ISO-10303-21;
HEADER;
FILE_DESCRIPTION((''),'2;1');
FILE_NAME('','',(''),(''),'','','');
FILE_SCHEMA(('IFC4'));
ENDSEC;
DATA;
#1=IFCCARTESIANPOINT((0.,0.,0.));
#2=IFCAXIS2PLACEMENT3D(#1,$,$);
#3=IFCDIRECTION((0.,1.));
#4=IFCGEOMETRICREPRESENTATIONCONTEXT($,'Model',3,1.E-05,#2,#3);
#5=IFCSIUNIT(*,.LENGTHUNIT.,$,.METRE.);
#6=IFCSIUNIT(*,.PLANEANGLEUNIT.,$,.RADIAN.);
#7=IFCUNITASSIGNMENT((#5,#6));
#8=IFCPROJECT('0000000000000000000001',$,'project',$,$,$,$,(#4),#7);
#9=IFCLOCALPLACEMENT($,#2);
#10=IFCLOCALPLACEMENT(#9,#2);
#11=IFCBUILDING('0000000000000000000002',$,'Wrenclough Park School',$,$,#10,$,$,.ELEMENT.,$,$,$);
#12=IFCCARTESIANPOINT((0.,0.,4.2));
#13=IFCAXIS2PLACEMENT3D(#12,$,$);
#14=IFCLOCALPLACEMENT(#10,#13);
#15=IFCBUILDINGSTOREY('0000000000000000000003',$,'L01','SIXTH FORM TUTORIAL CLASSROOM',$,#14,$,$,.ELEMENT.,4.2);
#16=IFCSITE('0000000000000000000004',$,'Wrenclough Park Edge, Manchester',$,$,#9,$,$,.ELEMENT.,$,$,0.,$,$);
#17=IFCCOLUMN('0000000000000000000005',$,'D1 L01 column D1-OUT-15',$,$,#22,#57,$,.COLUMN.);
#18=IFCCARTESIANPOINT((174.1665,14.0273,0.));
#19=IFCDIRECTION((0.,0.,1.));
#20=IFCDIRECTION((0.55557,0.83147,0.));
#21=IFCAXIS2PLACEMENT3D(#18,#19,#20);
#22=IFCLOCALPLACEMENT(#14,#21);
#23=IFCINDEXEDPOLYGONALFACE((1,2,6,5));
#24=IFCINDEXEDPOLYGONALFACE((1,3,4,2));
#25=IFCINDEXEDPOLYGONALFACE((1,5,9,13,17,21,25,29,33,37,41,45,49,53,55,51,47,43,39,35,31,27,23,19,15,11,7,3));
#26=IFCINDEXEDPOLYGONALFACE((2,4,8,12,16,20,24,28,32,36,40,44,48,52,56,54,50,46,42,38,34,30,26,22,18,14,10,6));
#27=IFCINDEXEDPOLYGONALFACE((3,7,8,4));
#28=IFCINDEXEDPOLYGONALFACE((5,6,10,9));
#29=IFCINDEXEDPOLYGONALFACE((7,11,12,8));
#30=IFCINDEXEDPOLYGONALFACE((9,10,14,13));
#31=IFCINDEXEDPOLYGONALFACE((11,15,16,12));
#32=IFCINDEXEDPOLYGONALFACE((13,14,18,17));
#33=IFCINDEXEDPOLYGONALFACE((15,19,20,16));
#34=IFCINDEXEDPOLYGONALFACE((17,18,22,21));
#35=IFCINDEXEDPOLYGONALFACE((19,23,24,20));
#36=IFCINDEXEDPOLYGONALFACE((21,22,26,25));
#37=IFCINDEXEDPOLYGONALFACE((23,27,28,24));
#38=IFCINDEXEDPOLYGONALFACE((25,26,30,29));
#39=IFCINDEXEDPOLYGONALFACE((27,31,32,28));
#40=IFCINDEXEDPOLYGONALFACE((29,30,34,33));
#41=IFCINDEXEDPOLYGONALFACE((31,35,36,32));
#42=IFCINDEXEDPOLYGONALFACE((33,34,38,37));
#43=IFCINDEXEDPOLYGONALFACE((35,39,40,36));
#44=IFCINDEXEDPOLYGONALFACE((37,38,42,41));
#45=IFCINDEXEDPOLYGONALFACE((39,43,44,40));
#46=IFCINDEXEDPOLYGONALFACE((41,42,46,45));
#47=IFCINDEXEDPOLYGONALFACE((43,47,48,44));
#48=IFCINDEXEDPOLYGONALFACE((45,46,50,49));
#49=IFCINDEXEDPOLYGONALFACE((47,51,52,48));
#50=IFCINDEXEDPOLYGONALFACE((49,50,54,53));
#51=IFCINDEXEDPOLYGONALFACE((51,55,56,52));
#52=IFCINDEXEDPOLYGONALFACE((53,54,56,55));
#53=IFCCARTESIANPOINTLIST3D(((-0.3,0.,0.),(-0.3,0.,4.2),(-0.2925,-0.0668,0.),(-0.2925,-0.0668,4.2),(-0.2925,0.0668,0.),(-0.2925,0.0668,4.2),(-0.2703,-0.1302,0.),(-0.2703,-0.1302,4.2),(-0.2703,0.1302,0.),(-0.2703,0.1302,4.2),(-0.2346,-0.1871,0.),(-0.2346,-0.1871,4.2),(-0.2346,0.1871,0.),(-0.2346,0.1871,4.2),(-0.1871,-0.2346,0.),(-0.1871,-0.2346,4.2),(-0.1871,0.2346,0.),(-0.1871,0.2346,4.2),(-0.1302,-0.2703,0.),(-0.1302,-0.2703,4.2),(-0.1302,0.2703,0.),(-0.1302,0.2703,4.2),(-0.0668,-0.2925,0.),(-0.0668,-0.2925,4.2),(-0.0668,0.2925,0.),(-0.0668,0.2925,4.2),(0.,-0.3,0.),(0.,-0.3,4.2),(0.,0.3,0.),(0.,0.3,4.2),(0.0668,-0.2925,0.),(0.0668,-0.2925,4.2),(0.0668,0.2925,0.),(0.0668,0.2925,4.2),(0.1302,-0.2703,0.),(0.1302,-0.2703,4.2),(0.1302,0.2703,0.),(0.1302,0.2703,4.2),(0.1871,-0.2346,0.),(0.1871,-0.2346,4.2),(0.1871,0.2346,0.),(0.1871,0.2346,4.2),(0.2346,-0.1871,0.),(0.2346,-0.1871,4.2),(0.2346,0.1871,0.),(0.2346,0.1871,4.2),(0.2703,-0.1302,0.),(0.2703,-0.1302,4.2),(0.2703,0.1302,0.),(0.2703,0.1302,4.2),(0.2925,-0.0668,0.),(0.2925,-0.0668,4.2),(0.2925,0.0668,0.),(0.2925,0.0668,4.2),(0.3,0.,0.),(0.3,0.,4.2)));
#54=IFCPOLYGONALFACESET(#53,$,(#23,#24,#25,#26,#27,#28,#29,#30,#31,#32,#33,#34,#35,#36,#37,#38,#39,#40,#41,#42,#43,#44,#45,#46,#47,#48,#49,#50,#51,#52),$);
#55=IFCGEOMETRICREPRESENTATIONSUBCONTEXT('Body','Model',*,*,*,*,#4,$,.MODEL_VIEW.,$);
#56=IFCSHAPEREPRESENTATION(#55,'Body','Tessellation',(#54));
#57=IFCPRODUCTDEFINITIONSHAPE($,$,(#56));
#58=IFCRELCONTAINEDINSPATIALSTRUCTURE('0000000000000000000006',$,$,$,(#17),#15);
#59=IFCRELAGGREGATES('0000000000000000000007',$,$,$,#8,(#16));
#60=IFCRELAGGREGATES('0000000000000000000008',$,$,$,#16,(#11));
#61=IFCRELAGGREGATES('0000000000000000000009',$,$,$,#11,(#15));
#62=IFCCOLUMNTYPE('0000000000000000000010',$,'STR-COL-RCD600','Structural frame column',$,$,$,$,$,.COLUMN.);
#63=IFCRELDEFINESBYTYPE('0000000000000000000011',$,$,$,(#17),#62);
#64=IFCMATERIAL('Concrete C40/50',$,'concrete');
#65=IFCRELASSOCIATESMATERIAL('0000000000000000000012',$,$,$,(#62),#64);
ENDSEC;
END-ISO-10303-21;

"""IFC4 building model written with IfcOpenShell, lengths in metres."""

from ifc_helpers import new_model, si_unit, direction, frame, origin, origin_2d, place, context, subcontext, project, spatial, circle, extrude, material, material_profile, profile_set, type_object, element, save


model = new_model("IFC4")

# Units and contexts
model_context = context("Model", 3, precision=1e-05, world=origin(), true_north=direction((0.0, 1.0)))
body_context = subcontext(model_context, "Body", "Model", "MODEL_VIEW")
ifc_project = project(units=[si_unit("LENGTHUNIT", "METRE"), si_unit("PLANEANGLEUNIT", "RADIAN")], contexts=[model_context])

# Site, building, storey
site_placement = place(None, origin())
site = spatial("IfcSite", under=ifc_project, at=site_placement, Name="Wrenclough Park Edge, Manchester", CompositionType="ELEMENT", RefElevation=0.0)
building_placement = place(site_placement, origin())
building = spatial("IfcBuilding", under=site, at=building_placement, Name="Wrenclough Park School", CompositionType="ELEMENT")
storey_placement = place(building_placement, frame((0.0, 0.0, 4.2)))
storey = spatial("IfcBuildingStorey", under=building, at=storey_placement, Name="L01", Description="SIXTH FORM TUTORIAL CLASSROOM", CompositionType="ELEMENT", Elevation=4.2)

# Column
ifc_material_1 = material(Name="Concrete C40/50", Category="concrete")
ifc_material_profile_1 = material_profile(ifc_material_1, circle(Radius=0.3, at=origin_2d()), Name="RC COL D600")
ifc_profile_set_1 = profile_set([ifc_material_profile_1], Name="Concrete C40/50")
column_type = type_object("IfcColumnType", Name="STR-COL-RCD600", Description="Structural frame column", PredefinedType="COLUMN", material=ifc_profile_set_1)
column_placement = place(storey_placement, frame((174.1665, 14.0273, 0.0), z_axis=(0.0, 0.0, 1.0), x_axis=(0.55557, 0.83147, 0.0)))
element("IfcColumn", 1, at=column_placement, inside=storey, type_object=column_type, Name="D1 L01 column D1-OUT-15", PredefinedType="COLUMN", context=body_context, shape_type="SweptSolid", body=[
    extrude(circle(Radius=0.3, at=origin_2d()), origin(), (0.0, 0.0, 1.0), 4.2),
])

save(model, "model.ifc")
